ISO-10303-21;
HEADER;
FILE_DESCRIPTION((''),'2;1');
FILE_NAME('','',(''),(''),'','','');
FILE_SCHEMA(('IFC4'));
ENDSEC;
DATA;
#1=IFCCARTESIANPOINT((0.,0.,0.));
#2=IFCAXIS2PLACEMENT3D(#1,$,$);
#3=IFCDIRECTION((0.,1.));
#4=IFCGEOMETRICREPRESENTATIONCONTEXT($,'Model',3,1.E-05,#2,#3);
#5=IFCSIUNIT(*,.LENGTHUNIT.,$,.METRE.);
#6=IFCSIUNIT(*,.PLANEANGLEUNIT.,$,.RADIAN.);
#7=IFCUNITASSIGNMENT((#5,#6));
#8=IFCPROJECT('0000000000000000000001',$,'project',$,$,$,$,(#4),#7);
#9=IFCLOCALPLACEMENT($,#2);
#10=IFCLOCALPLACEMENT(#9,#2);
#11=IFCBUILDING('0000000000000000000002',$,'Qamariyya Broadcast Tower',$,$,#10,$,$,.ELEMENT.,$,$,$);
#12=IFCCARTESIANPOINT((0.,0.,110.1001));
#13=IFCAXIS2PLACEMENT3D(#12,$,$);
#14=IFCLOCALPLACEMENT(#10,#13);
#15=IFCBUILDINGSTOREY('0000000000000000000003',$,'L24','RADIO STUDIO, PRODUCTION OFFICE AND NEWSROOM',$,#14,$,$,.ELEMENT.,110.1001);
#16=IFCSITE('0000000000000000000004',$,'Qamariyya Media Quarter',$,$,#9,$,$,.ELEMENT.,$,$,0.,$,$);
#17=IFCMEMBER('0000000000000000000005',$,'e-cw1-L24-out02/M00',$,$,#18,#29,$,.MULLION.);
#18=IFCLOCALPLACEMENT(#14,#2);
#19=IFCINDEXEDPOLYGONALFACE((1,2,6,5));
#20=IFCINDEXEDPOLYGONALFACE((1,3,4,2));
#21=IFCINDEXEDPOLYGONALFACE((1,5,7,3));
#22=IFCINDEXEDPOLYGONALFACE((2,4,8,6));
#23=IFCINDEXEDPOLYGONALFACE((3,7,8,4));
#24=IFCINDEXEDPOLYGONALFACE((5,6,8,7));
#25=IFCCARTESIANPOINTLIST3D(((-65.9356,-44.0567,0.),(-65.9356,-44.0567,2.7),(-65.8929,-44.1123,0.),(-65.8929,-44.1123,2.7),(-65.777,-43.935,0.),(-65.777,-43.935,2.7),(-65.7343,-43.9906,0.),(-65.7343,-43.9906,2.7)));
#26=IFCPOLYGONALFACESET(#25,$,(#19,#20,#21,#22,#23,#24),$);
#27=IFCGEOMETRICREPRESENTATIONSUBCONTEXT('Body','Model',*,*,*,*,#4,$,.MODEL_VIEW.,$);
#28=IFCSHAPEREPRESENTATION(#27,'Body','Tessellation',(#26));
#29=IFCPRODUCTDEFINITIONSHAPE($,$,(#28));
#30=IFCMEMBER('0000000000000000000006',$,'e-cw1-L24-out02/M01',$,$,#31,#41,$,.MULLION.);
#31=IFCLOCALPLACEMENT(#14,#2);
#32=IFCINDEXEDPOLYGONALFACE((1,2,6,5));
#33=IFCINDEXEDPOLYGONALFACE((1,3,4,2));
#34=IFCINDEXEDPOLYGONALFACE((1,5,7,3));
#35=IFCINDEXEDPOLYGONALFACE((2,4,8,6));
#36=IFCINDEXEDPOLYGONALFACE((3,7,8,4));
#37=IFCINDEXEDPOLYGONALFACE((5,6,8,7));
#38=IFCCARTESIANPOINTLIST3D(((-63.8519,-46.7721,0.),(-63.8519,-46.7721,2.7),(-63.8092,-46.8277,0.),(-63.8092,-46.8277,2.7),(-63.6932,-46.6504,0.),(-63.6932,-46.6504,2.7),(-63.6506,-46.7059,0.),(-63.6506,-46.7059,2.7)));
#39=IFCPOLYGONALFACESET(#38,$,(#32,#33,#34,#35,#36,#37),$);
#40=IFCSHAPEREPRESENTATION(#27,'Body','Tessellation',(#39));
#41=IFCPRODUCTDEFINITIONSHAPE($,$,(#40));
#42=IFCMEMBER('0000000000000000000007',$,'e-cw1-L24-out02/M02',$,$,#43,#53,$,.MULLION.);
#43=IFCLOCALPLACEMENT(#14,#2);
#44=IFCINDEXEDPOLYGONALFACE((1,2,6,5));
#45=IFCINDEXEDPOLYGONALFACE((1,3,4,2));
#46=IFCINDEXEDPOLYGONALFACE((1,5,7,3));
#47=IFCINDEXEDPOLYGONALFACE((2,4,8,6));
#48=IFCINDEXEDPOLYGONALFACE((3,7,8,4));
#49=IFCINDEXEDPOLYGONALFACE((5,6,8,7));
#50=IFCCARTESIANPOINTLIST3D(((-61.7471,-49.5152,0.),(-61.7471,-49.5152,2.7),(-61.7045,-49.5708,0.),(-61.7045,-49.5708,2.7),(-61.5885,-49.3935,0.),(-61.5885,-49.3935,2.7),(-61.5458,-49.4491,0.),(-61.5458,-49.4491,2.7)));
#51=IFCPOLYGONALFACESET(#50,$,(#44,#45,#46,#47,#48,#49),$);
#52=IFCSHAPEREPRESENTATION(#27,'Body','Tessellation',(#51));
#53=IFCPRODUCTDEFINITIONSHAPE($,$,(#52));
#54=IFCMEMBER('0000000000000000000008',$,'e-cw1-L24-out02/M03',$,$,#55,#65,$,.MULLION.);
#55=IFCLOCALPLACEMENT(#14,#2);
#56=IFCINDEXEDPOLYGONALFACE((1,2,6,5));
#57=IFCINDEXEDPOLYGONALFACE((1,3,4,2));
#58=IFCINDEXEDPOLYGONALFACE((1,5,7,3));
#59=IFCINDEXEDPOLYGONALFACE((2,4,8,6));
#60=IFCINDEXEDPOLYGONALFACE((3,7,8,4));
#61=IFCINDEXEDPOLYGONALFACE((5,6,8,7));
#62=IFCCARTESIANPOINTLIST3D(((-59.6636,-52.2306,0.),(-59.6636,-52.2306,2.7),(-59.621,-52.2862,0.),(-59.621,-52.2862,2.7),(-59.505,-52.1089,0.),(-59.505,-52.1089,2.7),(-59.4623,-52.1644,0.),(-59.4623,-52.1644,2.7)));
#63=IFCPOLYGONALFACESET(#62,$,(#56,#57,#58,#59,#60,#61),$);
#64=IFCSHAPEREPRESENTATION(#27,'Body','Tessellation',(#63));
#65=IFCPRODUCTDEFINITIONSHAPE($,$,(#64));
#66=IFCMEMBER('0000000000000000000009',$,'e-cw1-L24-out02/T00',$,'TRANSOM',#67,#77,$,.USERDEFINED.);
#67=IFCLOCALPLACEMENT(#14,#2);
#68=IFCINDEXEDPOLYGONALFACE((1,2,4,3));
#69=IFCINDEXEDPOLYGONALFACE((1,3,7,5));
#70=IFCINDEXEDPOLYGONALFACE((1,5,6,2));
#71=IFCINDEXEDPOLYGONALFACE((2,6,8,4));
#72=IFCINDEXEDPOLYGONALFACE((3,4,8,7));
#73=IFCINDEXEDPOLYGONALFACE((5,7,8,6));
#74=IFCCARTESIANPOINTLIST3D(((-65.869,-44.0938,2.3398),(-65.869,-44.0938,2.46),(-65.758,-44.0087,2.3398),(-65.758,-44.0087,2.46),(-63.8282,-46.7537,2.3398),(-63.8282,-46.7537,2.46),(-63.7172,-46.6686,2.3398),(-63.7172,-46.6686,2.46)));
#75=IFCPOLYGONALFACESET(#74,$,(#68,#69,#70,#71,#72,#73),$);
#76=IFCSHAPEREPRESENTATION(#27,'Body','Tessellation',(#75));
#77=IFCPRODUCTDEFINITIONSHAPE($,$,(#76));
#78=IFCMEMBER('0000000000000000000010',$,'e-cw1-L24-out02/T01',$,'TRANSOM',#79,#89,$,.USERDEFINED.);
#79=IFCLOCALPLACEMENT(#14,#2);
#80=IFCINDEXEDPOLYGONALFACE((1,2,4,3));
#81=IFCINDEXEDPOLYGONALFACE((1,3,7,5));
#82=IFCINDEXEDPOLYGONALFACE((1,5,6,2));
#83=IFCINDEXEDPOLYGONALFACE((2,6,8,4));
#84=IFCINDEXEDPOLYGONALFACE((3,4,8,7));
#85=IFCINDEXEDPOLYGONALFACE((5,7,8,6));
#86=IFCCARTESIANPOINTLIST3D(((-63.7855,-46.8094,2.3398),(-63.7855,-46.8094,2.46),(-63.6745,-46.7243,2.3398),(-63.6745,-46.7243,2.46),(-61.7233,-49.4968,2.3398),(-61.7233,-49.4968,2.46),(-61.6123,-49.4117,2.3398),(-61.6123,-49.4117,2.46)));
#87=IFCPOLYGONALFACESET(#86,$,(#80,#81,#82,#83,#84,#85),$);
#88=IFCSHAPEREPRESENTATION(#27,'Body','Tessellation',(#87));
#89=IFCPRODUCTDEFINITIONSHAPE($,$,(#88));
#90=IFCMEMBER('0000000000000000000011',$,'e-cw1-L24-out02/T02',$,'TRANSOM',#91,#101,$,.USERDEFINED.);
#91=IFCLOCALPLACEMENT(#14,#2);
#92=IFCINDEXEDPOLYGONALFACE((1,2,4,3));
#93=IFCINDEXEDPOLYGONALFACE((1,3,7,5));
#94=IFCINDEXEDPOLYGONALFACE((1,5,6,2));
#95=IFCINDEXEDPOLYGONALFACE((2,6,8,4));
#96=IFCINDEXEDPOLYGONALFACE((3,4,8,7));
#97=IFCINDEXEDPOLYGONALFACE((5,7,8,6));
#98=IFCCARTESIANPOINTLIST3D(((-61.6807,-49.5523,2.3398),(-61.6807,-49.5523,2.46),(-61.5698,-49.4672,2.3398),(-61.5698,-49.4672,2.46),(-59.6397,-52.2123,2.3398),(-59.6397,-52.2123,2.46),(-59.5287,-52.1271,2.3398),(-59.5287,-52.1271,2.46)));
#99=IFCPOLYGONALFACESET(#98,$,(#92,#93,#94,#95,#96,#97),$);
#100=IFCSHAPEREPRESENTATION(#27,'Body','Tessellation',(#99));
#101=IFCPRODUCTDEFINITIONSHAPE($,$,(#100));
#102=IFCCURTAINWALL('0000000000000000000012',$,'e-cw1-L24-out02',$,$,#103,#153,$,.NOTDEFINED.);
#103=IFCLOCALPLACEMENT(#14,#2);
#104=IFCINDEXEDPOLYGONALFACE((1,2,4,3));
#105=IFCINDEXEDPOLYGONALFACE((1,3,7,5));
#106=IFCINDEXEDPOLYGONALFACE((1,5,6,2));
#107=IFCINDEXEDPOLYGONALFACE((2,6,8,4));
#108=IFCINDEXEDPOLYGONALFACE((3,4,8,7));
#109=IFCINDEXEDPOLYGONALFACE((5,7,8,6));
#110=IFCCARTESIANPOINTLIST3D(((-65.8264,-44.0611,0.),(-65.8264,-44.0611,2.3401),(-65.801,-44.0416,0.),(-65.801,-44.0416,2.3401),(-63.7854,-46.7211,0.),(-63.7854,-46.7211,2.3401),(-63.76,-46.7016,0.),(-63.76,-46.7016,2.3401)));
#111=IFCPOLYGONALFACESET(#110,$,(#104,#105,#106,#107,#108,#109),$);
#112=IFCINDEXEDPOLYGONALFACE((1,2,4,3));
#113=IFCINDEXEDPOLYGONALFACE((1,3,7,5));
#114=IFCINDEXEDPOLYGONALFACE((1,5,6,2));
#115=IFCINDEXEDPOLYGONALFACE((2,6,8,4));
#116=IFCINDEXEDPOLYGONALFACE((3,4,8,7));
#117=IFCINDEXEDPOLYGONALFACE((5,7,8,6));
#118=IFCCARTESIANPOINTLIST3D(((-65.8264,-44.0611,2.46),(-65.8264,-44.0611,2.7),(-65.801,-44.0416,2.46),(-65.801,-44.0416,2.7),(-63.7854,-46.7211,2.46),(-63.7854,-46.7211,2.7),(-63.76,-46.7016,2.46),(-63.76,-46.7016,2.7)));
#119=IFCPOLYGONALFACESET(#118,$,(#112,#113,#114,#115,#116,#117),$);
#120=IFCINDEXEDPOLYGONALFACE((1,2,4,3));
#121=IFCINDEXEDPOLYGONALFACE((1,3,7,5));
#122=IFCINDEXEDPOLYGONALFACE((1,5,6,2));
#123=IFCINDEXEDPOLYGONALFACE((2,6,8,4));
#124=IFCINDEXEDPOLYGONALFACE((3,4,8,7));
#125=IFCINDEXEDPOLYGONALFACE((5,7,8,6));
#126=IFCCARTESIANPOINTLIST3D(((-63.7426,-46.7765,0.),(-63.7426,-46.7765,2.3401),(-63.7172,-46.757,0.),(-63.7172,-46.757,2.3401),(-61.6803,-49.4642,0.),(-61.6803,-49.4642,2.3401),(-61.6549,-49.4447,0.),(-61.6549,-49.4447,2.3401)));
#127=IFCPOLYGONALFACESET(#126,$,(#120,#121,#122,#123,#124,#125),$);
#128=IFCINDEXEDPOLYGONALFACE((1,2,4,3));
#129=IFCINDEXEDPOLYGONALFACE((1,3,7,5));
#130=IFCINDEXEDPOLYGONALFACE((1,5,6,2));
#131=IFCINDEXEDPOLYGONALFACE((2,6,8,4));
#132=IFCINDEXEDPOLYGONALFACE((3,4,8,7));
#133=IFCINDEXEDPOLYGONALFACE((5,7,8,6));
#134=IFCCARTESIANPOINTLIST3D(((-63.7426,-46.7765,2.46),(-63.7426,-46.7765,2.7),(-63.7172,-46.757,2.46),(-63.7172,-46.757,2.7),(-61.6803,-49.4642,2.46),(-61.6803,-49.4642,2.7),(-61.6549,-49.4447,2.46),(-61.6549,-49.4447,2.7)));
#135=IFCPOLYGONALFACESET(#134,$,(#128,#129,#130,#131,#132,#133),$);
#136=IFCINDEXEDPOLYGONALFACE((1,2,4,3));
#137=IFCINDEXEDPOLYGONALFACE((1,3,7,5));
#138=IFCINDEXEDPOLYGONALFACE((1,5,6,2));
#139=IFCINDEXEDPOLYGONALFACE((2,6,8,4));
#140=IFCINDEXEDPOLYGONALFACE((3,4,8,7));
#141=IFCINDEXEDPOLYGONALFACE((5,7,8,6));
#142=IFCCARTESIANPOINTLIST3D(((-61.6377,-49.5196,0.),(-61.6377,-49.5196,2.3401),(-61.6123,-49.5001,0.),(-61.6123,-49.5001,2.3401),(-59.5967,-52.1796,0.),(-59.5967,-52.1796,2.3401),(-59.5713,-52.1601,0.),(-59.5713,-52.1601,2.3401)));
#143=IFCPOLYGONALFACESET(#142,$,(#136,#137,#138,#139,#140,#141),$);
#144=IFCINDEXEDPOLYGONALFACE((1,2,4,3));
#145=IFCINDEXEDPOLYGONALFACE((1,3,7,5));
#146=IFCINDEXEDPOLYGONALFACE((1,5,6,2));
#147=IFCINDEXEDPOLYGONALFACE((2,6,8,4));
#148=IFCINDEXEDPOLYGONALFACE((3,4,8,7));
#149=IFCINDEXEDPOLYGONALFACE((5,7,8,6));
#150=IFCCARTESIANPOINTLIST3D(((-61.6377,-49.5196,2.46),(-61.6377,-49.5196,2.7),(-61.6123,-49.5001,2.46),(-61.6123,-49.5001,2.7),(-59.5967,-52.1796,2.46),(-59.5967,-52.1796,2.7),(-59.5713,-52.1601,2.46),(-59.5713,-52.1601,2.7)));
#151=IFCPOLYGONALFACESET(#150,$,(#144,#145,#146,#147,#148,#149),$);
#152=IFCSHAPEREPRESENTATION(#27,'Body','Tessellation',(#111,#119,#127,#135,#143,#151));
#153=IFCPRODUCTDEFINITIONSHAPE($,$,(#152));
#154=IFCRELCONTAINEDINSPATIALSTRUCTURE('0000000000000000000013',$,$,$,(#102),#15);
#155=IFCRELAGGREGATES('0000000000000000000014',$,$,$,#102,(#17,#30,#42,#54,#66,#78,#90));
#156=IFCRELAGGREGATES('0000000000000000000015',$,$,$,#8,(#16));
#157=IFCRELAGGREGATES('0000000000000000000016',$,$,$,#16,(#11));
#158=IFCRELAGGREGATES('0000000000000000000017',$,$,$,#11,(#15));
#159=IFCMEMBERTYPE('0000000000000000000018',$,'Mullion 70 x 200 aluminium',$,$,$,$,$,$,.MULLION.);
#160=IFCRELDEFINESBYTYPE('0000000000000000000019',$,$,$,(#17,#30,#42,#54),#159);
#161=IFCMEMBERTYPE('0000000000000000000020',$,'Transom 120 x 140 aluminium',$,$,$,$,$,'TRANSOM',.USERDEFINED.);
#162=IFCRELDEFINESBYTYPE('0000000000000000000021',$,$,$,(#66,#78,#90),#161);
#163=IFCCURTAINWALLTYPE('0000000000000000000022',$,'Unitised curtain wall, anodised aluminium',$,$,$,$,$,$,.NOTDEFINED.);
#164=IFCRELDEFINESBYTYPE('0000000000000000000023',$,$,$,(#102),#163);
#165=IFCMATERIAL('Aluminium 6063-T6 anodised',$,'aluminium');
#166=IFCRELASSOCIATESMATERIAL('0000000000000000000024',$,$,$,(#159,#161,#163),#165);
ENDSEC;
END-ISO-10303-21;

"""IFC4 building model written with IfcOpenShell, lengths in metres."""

from ifc_helpers import new_model, si_unit, direction, frame, origin, origin_2d, place, context, subcontext, project, spatial, rectangle, extrude, material, material_profile, profile_set, type_object, element, aggregate, save


model = new_model("IFC4")

# Units and contexts
model_context = context("Model", 3, precision=1e-05, world=origin(), true_north=direction((0.0, 1.0)))
body_context = subcontext(model_context, "Body", "Model", "MODEL_VIEW")
ifc_project = project(units=[si_unit("LENGTHUNIT", "METRE"), si_unit("PLANEANGLEUNIT", "RADIAN")], contexts=[model_context])

# Members
ifc_material_1 = material(Name="Aluminium 6063-T6 anodised", Category="aluminium")
ifc_material_profile_1 = material_profile(ifc_material_1, rectangle(XDim=0.2, YDim=0.0701, at=origin_2d()))
ifc_profile_set_1 = profile_set([ifc_material_profile_1], Name="Aluminium 6063-T6 anodised")
member_type_1 = type_object("IfcMemberType", Name="Mullion 70 x 200 aluminium", PredefinedType="MULLION", material=ifc_profile_set_1)
site_placement = place(None, origin())
building_placement = place(site_placement, origin())
storey_placement = place(building_placement, frame((0.0, 0.0, 110.1001)))
member_1_placement = place(storey_placement, frame((-65.835, -44.0237, 0.0), z_axis=(0.0, 0.0, 1.0), x_axis=(0.793353, 0.608761, 0.0)))
member_1 = element("IfcMember", 1, at=member_1_placement, type_object=member_type_1, Name="e-cw1-L24-out02/M00", PredefinedType="MULLION", context=body_context, shape_type="SweptSolid", body=[
    extrude(rectangle(XDim=0.2, YDim=0.0701, at=origin_2d()), origin(), (0.0, 0.0, 1.0), 2.7),
])
member_2_placement = place(storey_placement, frame((-63.7512, -46.739, 0.0), z_axis=(0.0, 0.0, 1.0), x_axis=(0.793353, 0.608761, 0.0)))
member_2 = element("IfcMember", 2, at=member_2_placement, type_object=member_type_1, Name="e-cw1-L24-out02/M01", PredefinedType="MULLION", context=body_context, shape_type="SweptSolid", body=[
    extrude(rectangle(XDim=0.2, YDim=0.0701, at=origin_2d()), origin(), (0.0, 0.0, 1.0), 2.7),
])
member_3_placement = place(storey_placement, frame((-61.6465, -49.4822, 0.0), z_axis=(0.0, 0.0, 1.0), x_axis=(0.793353, 0.608761, 0.0)))
member_3 = element("IfcMember", 3, at=member_3_placement, type_object=member_type_1, Name="e-cw1-L24-out02/M02", PredefinedType="MULLION", context=body_context, shape_type="SweptSolid", body=[
    extrude(rectangle(XDim=0.2, YDim=0.0701, at=origin_2d()), origin(), (0.0, 0.0, 1.0), 2.7),
])
member_4_placement = place(storey_placement, frame((-59.563, -52.1975, 0.0), z_axis=(0.0, 0.0, 1.0), x_axis=(0.793353, 0.608761, 0.0)))
member_4 = element("IfcMember", 4, at=member_4_placement, type_object=member_type_1, Name="e-cw1-L24-out02/M03", PredefinedType="MULLION", context=body_context, shape_type="SweptSolid", body=[
    extrude(rectangle(XDim=0.2, YDim=0.0701, at=origin_2d()), origin(), (0.0, 0.0, 1.0), 2.7),
])
ifc_material_profile_2 = material_profile(ifc_material_1, rectangle(XDim=0.1399, YDim=0.1201, at=origin_2d()))
ifc_profile_set_2 = profile_set([ifc_material_profile_2], Name="Aluminium 6063-T6 anodised")
member_type_2 = type_object("IfcMemberType", Name="Transom 120 x 140 aluminium", ElementType="TRANSOM", PredefinedType="USERDEFINED", material=ifc_profile_set_2)
member_5_placement = place(storey_placement, frame((-65.8135, -44.0513, 2.3999), z_axis=(0.608714, -0.793389, 0.0), x_axis=(0.793389, 0.608714, 0.0)))
member_5 = element("IfcMember", 5, at=member_5_placement, type_object=member_type_2, Name="e-cw1-L24-out02/T00", ObjectType="TRANSOM", PredefinedType="USERDEFINED", context=body_context, shape_type="SweptSolid", body=[
    extrude(rectangle(XDim=0.1399, YDim=0.1201, at=origin_2d()), origin(), (0.0, 0.0, 1.0), 3.3525),
])
member_6_placement = place(storey_placement, frame((-63.73, -46.7668, 2.3999), z_axis=(0.608773, -0.793344, 0.0), x_axis=(0.793344, 0.608773, 0.0)))
member_6 = element("IfcMember", 6, at=member_6_placement, type_object=member_type_2, Name="e-cw1-L24-out02/T01", ObjectType="TRANSOM", PredefinedType="USERDEFINED", context=body_context, shape_type="SweptSolid", body=[
    extrude(rectangle(XDim=0.1399, YDim=0.1201, at=origin_2d()), origin(), (0.0, 0.0, 1.0), 3.3875),
])
member_7_placement = place(storey_placement, frame((-61.6252, -49.5098, 2.3999), z_axis=(0.60876, -0.793354, 0.0), x_axis=(0.793354, 0.60876, 0.0)))
member_7 = element("IfcMember", 7, at=member_7_placement, type_object=member_type_2, Name="e-cw1-L24-out02/T02", ObjectType="TRANSOM", PredefinedType="USERDEFINED", context=body_context, shape_type="SweptSolid", body=[
    extrude(rectangle(XDim=0.1399, YDim=0.1201, at=origin_2d()), origin(), (0.0, 0.0, 1.0), 3.3528),
])

# Site, building, storey
site = spatial("IfcSite", under=ifc_project, at=site_placement, Name="Qamariyya Media Quarter", CompositionType="ELEMENT", RefElevation=0.0)
building = spatial("IfcBuilding", under=site, at=building_placement, Name="Qamariyya Broadcast Tower", CompositionType="ELEMENT")
storey = spatial("IfcBuildingStorey", under=building, at=storey_placement, Name="L24", Description="RADIO STUDIO, PRODUCTION OFFICE AND NEWSROOM", CompositionType="ELEMENT", Elevation=110.1001)

# Curtain wall
curtain_wall_type = type_object("IfcCurtainWallType", Name="Unitised curtain wall, anodised aluminium", PredefinedType="NOTDEFINED", material=ifc_material_1)
curtain_wall_1_placement = place(storey_placement, origin())
curtain_wall_1 = element("IfcCurtainWall", 8, at=curtain_wall_1_placement, inside=storey, type_object=curtain_wall_type, Name="e-cw1-L24-out02", PredefinedType="NOTDEFINED", context=body_context, shape_type="SweptSolid", body=[
    extrude(rectangle(XDim=3.3528, YDim=0.032, at=origin_2d()), frame((-64.7932, -45.3813, 0.0), x_axis=(0.608761, -0.793354, 0.0)), (0.0, 0.0, 1.0), 2.3401),
    extrude(rectangle(XDim=3.3528, YDim=0.032, at=origin_2d()), frame((-64.7932, -45.3813, 2.46), x_axis=(0.608761, -0.793354, 0.0)), (0.0, 0.0, 1.0), 0.24),
    extrude(rectangle(XDim=3.3877, YDim=0.032, at=origin_2d()), frame((-62.6987, -48.1106, 0.0), x_axis=(0.608761, -0.793354, 0.0)), (0.0, 0.0, 1.0), 2.3401),
    extrude(rectangle(XDim=3.3877, YDim=0.032, at=origin_2d()), frame((-62.6987, -48.1106, 2.46), x_axis=(0.608761, -0.793354, 0.0)), (0.0, 0.0, 1.0), 0.24),
    extrude(rectangle(XDim=3.3528, YDim=0.032, at=origin_2d()), frame((-60.6045, -50.8398, 0.0), x_axis=(0.608761, -0.793354, 0.0)), (0.0, 0.0, 1.0), 2.3401),
    extrude(rectangle(XDim=3.3528, YDim=0.032, at=origin_2d()), frame((-60.6045, -50.8398, 2.46), x_axis=(0.608761, -0.793354, 0.0)), (0.0, 0.0, 1.0), 0.24),
])
aggregate(curtain_wall_1, [member_1, member_2, member_3, member_4, member_5, member_6, member_7])

save(model, "model.ifc")
